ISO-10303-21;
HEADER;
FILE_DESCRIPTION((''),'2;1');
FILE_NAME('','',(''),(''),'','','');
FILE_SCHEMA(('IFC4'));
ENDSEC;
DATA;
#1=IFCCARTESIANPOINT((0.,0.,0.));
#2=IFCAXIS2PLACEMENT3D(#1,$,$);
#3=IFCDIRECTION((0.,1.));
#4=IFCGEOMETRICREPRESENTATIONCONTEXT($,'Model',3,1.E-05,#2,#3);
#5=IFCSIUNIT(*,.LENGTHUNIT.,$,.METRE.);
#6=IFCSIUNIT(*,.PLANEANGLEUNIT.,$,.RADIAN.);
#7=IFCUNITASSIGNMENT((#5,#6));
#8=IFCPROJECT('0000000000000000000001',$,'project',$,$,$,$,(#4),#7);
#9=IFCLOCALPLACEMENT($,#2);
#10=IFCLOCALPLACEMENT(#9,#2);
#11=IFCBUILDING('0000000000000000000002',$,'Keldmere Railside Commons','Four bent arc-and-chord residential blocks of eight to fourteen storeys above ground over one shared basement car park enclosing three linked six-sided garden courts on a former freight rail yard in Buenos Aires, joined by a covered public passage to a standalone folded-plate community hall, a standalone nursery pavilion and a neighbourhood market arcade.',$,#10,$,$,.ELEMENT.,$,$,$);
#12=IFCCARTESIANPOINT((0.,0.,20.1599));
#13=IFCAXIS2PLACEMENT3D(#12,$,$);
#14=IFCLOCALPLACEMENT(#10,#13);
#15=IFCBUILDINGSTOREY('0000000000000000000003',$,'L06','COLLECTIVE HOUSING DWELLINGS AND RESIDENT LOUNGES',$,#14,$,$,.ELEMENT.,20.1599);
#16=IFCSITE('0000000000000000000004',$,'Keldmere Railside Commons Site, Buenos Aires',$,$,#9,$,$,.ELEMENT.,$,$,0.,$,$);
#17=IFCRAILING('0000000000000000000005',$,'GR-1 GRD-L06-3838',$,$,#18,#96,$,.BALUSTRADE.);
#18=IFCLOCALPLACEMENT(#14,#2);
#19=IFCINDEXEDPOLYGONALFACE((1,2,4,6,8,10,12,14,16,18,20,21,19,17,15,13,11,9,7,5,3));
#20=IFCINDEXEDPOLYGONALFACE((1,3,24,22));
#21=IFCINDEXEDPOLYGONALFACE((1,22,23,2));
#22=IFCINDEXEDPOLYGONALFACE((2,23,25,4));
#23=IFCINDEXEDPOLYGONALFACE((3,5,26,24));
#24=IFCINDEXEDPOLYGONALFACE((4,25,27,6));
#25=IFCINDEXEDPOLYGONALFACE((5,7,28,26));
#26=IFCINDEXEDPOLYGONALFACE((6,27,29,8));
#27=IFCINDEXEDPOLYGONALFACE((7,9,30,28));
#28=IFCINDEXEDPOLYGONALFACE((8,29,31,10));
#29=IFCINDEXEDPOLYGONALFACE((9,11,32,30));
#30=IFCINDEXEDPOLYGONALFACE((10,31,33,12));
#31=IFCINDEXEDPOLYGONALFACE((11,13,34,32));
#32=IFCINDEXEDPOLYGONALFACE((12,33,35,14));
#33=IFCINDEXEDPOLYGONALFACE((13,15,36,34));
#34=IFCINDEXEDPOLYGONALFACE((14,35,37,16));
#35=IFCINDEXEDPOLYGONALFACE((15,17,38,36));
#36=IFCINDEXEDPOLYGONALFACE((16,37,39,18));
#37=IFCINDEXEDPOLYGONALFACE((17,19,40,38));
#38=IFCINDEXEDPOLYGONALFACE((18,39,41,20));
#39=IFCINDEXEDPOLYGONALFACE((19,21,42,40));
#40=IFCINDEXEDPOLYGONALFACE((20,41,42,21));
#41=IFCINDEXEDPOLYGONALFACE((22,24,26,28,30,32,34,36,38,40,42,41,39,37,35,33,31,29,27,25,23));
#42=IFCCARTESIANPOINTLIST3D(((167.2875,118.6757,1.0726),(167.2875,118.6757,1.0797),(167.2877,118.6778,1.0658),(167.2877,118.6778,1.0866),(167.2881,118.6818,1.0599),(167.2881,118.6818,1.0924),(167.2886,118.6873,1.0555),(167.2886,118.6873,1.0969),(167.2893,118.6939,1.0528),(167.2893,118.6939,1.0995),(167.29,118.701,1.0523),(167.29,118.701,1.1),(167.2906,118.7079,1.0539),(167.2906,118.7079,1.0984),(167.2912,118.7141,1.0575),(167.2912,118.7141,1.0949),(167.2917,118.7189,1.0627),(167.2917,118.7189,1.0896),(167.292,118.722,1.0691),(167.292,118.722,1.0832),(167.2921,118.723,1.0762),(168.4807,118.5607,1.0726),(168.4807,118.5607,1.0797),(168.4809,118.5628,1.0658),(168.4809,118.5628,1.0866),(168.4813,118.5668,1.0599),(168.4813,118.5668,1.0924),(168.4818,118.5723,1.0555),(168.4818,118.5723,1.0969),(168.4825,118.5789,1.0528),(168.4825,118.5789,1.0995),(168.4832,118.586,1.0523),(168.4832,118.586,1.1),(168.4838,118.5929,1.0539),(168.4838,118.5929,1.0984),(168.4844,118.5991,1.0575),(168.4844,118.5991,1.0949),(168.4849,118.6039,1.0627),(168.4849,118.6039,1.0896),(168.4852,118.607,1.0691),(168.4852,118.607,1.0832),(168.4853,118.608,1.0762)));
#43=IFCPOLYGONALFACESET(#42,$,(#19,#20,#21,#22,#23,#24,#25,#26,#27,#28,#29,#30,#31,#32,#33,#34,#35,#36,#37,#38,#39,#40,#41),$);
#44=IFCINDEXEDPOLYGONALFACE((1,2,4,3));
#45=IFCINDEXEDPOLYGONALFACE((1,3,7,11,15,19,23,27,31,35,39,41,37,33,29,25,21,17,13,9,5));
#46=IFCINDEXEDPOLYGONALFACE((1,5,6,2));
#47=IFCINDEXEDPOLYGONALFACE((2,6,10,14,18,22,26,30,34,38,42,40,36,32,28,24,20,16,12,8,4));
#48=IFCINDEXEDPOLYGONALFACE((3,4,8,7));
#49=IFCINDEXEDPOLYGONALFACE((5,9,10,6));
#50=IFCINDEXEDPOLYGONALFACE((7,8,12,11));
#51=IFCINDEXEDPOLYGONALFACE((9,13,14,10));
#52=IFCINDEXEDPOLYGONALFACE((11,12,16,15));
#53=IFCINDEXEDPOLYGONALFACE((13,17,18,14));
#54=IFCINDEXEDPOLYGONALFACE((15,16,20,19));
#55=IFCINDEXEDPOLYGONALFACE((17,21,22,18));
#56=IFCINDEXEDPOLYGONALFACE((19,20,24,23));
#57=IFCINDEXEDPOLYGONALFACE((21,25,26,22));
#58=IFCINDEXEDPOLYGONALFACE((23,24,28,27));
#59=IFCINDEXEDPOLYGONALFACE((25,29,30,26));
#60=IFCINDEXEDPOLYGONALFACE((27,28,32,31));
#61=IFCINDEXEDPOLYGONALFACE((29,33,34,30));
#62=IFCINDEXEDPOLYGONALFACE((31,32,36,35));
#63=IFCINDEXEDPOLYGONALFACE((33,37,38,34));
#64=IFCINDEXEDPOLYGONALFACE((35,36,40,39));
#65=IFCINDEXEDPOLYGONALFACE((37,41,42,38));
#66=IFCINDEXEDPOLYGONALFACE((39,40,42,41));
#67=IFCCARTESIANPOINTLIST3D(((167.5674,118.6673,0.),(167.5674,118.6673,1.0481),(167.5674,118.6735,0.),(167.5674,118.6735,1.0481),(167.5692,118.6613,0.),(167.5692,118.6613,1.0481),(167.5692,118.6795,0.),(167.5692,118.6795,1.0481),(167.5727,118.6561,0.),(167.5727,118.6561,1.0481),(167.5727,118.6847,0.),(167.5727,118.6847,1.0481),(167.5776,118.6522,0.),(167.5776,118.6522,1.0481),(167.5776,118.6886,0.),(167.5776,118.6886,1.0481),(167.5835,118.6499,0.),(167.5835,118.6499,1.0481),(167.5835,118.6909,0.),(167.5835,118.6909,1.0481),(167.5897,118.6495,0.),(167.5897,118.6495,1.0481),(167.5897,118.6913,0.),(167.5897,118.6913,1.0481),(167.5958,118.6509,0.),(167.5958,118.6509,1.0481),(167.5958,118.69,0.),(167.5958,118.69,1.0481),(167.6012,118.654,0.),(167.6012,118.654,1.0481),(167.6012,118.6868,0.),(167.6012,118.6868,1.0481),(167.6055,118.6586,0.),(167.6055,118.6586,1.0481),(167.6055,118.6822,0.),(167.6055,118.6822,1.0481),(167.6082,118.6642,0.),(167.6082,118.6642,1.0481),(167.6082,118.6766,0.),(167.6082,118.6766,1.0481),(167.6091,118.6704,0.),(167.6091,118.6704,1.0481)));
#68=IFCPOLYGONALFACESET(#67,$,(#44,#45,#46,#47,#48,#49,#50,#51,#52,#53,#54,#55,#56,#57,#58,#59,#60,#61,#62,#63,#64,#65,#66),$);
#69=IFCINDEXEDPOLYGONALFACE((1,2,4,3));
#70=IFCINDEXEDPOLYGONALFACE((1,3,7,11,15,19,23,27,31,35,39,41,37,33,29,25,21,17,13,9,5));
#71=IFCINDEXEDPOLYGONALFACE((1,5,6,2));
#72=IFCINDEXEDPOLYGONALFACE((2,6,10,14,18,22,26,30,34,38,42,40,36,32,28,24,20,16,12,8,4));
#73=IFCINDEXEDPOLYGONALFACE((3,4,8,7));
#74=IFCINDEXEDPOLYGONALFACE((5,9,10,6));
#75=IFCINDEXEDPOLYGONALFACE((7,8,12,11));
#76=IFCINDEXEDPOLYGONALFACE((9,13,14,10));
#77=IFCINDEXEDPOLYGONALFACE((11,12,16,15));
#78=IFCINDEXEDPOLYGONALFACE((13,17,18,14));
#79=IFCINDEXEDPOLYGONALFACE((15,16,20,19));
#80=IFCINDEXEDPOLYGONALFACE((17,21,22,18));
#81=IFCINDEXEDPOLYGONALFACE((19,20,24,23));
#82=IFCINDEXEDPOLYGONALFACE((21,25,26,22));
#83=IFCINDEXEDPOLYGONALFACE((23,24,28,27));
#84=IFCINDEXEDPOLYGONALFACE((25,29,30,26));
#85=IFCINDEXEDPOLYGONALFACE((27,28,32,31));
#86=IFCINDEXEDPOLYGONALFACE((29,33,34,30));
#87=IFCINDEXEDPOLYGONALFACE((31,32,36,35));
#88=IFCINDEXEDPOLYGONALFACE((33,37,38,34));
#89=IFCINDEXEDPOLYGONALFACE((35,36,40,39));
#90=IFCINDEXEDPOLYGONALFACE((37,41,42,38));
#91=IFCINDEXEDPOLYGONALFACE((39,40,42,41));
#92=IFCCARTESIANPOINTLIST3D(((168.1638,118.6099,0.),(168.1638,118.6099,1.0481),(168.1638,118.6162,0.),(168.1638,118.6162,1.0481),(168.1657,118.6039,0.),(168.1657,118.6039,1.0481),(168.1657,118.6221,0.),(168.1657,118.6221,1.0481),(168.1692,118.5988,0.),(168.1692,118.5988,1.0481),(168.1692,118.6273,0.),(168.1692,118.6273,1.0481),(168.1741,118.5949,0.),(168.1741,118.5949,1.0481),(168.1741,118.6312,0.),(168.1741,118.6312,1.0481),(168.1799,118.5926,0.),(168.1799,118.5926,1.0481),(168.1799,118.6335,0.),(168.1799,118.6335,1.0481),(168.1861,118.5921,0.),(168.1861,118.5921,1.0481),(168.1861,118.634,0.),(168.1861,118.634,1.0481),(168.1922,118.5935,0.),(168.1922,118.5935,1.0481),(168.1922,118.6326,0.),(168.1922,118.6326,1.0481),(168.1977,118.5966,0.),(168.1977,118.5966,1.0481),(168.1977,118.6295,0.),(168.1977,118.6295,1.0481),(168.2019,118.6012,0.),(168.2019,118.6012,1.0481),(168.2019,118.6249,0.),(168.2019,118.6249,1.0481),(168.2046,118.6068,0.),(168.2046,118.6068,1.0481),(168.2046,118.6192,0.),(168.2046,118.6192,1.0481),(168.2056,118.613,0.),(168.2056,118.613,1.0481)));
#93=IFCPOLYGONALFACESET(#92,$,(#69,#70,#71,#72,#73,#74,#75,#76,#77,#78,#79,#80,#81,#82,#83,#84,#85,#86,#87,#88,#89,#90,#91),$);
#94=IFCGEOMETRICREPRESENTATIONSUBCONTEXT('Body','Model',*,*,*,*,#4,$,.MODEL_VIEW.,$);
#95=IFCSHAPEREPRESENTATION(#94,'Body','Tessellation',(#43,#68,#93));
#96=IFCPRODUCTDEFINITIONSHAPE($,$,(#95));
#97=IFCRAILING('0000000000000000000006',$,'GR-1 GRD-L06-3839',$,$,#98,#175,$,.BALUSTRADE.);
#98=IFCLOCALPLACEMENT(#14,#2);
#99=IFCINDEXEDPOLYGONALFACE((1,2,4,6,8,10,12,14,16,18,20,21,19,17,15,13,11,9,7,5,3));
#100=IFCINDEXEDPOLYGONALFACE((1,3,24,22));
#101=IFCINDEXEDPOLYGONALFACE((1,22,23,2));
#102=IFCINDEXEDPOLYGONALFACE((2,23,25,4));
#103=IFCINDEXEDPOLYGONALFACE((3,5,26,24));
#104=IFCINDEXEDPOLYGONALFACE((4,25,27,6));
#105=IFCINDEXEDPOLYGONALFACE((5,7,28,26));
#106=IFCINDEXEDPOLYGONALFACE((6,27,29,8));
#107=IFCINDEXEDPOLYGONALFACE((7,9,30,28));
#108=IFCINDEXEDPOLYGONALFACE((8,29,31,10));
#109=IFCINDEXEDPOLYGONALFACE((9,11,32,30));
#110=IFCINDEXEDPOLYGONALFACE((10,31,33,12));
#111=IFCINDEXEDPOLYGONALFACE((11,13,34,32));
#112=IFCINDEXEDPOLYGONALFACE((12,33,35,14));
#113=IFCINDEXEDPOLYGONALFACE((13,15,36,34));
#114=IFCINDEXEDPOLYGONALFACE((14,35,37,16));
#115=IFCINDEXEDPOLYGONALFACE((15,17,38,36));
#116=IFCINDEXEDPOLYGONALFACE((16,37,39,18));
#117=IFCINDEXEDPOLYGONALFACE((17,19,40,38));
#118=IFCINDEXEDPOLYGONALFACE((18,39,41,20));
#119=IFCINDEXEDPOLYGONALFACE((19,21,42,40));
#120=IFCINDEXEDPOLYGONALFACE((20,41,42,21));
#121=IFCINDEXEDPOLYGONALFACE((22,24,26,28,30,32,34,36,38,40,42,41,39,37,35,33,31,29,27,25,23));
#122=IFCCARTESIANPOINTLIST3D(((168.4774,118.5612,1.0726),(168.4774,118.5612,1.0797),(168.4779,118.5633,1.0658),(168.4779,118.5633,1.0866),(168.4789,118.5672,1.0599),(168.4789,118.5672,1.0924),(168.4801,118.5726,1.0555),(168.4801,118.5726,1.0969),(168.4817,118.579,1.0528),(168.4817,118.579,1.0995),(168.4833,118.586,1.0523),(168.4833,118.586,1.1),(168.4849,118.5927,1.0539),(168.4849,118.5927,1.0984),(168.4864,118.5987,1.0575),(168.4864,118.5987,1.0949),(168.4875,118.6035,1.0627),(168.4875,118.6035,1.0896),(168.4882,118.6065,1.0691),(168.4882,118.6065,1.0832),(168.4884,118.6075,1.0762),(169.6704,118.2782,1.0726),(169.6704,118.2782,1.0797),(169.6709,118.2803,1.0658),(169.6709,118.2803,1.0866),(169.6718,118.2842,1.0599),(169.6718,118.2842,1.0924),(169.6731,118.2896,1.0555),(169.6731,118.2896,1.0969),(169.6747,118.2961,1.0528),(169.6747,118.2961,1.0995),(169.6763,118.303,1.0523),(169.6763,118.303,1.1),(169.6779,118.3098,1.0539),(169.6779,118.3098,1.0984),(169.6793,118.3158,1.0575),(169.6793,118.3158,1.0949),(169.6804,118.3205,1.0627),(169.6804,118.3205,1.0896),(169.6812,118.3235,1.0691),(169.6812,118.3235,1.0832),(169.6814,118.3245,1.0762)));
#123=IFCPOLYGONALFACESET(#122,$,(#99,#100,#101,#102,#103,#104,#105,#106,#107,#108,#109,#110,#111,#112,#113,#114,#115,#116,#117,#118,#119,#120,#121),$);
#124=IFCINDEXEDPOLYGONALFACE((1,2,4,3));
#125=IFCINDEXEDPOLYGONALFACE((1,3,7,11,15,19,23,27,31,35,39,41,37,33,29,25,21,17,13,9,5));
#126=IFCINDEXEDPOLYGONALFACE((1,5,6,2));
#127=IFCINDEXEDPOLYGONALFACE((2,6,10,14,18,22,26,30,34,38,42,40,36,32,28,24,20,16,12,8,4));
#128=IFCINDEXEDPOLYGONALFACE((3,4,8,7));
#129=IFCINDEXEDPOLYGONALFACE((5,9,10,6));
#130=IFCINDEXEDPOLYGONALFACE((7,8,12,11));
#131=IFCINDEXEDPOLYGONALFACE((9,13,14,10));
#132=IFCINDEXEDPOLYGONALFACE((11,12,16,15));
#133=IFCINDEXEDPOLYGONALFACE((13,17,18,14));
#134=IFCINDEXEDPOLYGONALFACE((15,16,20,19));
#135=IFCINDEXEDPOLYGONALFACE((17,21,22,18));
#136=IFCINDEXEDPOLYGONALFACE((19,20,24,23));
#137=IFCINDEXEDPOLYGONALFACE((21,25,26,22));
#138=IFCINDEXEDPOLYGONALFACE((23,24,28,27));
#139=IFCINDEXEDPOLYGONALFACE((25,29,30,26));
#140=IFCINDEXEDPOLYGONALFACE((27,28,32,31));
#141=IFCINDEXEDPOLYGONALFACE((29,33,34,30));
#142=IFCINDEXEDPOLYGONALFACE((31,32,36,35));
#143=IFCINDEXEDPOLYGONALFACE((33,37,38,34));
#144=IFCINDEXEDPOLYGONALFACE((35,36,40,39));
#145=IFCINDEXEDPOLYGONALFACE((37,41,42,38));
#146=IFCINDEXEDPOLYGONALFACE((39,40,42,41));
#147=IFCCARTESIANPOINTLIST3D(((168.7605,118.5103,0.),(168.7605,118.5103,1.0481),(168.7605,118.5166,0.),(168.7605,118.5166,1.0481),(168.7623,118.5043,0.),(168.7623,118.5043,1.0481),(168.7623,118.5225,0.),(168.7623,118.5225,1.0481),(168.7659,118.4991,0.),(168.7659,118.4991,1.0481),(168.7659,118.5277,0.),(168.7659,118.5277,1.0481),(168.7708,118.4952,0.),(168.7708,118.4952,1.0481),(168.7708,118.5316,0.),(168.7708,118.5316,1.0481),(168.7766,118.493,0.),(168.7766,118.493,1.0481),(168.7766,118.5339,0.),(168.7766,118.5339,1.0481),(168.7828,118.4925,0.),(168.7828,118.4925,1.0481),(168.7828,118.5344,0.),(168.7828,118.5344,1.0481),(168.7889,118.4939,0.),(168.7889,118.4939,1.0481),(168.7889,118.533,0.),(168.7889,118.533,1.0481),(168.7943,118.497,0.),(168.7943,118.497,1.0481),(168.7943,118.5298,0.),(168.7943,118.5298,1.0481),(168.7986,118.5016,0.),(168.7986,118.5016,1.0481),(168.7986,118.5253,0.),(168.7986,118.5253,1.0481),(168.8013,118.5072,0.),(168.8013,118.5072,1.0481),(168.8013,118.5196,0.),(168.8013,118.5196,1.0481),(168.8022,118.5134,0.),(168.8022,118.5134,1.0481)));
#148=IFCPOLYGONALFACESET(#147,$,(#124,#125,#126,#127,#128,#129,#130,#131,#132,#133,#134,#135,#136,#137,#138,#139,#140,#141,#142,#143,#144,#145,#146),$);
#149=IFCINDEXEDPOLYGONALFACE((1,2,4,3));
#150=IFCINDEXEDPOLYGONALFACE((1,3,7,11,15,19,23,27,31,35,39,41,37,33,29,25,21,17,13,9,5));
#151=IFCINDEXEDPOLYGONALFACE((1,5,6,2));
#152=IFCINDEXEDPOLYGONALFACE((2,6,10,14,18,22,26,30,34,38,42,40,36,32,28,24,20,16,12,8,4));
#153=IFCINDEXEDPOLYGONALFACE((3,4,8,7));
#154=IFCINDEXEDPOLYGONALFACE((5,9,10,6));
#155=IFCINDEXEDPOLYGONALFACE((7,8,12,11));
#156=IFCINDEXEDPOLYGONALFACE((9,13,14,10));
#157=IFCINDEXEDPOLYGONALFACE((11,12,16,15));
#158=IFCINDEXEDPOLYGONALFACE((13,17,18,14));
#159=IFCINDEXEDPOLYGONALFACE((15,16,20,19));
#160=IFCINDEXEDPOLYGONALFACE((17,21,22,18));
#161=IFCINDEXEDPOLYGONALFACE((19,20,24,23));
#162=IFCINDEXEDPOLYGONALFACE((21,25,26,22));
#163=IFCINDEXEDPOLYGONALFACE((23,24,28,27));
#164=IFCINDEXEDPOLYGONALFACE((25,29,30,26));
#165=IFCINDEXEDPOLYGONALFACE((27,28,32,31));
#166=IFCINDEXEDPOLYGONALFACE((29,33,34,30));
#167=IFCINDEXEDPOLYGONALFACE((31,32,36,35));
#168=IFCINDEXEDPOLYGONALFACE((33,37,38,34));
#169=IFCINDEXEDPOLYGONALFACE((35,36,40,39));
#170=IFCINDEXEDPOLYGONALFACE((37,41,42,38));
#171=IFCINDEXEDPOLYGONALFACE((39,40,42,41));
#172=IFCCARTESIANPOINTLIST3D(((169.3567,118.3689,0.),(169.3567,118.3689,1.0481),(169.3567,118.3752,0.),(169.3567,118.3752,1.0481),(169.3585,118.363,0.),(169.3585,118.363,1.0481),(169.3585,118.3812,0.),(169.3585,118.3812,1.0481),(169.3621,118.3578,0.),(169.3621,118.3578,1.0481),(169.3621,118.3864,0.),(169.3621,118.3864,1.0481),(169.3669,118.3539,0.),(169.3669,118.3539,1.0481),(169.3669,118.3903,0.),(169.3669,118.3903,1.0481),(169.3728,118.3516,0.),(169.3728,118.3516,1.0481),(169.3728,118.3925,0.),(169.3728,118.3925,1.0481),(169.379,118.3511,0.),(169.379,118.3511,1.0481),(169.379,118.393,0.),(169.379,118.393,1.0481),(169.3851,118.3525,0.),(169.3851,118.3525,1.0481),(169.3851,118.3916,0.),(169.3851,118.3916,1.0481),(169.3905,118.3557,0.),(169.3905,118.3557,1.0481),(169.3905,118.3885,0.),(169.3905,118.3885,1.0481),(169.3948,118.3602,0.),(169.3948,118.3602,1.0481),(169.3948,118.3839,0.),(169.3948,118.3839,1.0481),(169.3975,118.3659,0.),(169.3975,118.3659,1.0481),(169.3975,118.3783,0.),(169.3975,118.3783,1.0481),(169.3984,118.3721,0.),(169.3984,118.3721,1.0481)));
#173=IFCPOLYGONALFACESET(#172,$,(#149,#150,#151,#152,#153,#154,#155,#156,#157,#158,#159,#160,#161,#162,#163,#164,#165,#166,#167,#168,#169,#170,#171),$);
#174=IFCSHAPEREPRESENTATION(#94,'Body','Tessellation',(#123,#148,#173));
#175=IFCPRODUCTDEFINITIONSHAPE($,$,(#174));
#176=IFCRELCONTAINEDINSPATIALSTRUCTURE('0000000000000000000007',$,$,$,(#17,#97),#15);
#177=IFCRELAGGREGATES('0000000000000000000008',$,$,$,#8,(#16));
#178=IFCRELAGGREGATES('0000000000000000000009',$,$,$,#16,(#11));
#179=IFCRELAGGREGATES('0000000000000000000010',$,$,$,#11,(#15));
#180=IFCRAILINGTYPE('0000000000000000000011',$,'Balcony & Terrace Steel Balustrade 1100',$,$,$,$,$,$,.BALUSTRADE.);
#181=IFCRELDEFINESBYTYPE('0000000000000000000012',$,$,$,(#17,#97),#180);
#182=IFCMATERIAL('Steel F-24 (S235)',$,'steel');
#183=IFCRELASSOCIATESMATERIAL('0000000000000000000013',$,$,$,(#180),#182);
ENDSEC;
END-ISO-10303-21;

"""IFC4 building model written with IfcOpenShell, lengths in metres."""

from ifc_helpers import new_model, si_unit, direction, frame, origin, origin_2d, place, context, subcontext, project, spatial, circle, extrude, material, type_object, element, save


model = new_model("IFC4")

# Units and contexts
model_context = context("Model", 3, precision=1e-05, world=origin(), true_north=direction((0.0, 1.0)))
body_context = subcontext(model_context, "Body", "Model", "MODEL_VIEW")
ifc_project = project(units=[si_unit("LENGTHUNIT", "METRE"), si_unit("PLANEANGLEUNIT", "RADIAN")], contexts=[model_context])

# Site, building, storey
site_placement = place(None, origin())
site = spatial("IfcSite", under=ifc_project, at=site_placement, Name="Keldmere Railside Commons Site, Buenos Aires", CompositionType="ELEMENT", RefElevation=0.0)
building_placement = place(site_placement, origin())
building = spatial("IfcBuilding", under=site, at=building_placement, Name="Keldmere Railside Commons", Description="Four bent arc-and-chord residential blocks of eight to fourteen storeys above ground over one shared basement car park enclosing three linked six-sided garden courts on a former freight rail yard in Buenos Aires, joined by a covered public passage to a standalone folded-plate community hall, a standalone nursery pavilion and a neighbourhood market arcade.", CompositionType="ELEMENT")
storey_placement = place(building_placement, frame((0.0, 0.0, 20.1599)))
storey = spatial("IfcBuildingStorey", under=building, at=storey_placement, Name="L06", Description="COLLECTIVE HOUSING DWELLINGS AND RESIDENT LOUNGES", CompositionType="ELEMENT", Elevation=20.1599)

# Railings
ifc_material_1 = material(Name="Steel F-24 (S235)", Category="steel")
railing_type = type_object("IfcRailingType", Name="Balcony & Terrace Steel Balustrade 1100", PredefinedType="BALUSTRADE", material=ifc_material_1)
railing_1_placement = place(storey_placement, frame((167.2898, 118.6992, 0.0)))
element("IfcRailing", 1, at=railing_1_placement, inside=storey, type_object=railing_type, Name="GR-1 GRD-L06-3838", PredefinedType="BALUSTRADE", context=body_context, shape_type="SweptSolid", body=[
    extrude(circle(Radius=0.0239, at=origin_2d()), frame((0.0, 0.0, 1.0762), z_axis=(0.995388, -0.095934, 0.0), x_axis=(0.095934, 0.995388, 0.0)), (0.0, 0.0, 1.0), 1.1987),
    extrude(circle(Radius=0.021, at=origin_2d()), frame((0.2983, -0.0288, 0.0)), (0.0, 0.0, 1.0), 1.0481),
    extrude(circle(Radius=0.021, at=origin_2d()), frame((0.8948, -0.0862, 0.0)), (0.0, 0.0, 1.0), 1.0481),
])
railing_2_placement = place(storey_placement, frame((168.4829, 118.5842, 0.0)))
element("IfcRailing", 2, at=railing_2_placement, inside=storey, type_object=railing_type, Name="GR-1 GRD-L06-3839", PredefinedType="BALUSTRADE", context=body_context, shape_type="SweptSolid", body=[
    extrude(circle(Radius=0.0239, at=origin_2d()), frame((0.0, 0.0, 1.0762), z_axis=(0.973, -0.230804, 0.0), x_axis=(0.230804, 0.973, 0.0)), (0.0, 0.0, 1.0), 1.2261),
    extrude(circle(Radius=0.021, at=origin_2d()), frame((0.2983, -0.0708, 0.0)), (0.0, 0.0, 1.0), 1.0481),
    extrude(circle(Radius=0.021, at=origin_2d()), frame((0.8945, -0.2122, 0.0)), (0.0, 0.0, 1.0), 1.0481),
])

save(model, "model.ifc")
